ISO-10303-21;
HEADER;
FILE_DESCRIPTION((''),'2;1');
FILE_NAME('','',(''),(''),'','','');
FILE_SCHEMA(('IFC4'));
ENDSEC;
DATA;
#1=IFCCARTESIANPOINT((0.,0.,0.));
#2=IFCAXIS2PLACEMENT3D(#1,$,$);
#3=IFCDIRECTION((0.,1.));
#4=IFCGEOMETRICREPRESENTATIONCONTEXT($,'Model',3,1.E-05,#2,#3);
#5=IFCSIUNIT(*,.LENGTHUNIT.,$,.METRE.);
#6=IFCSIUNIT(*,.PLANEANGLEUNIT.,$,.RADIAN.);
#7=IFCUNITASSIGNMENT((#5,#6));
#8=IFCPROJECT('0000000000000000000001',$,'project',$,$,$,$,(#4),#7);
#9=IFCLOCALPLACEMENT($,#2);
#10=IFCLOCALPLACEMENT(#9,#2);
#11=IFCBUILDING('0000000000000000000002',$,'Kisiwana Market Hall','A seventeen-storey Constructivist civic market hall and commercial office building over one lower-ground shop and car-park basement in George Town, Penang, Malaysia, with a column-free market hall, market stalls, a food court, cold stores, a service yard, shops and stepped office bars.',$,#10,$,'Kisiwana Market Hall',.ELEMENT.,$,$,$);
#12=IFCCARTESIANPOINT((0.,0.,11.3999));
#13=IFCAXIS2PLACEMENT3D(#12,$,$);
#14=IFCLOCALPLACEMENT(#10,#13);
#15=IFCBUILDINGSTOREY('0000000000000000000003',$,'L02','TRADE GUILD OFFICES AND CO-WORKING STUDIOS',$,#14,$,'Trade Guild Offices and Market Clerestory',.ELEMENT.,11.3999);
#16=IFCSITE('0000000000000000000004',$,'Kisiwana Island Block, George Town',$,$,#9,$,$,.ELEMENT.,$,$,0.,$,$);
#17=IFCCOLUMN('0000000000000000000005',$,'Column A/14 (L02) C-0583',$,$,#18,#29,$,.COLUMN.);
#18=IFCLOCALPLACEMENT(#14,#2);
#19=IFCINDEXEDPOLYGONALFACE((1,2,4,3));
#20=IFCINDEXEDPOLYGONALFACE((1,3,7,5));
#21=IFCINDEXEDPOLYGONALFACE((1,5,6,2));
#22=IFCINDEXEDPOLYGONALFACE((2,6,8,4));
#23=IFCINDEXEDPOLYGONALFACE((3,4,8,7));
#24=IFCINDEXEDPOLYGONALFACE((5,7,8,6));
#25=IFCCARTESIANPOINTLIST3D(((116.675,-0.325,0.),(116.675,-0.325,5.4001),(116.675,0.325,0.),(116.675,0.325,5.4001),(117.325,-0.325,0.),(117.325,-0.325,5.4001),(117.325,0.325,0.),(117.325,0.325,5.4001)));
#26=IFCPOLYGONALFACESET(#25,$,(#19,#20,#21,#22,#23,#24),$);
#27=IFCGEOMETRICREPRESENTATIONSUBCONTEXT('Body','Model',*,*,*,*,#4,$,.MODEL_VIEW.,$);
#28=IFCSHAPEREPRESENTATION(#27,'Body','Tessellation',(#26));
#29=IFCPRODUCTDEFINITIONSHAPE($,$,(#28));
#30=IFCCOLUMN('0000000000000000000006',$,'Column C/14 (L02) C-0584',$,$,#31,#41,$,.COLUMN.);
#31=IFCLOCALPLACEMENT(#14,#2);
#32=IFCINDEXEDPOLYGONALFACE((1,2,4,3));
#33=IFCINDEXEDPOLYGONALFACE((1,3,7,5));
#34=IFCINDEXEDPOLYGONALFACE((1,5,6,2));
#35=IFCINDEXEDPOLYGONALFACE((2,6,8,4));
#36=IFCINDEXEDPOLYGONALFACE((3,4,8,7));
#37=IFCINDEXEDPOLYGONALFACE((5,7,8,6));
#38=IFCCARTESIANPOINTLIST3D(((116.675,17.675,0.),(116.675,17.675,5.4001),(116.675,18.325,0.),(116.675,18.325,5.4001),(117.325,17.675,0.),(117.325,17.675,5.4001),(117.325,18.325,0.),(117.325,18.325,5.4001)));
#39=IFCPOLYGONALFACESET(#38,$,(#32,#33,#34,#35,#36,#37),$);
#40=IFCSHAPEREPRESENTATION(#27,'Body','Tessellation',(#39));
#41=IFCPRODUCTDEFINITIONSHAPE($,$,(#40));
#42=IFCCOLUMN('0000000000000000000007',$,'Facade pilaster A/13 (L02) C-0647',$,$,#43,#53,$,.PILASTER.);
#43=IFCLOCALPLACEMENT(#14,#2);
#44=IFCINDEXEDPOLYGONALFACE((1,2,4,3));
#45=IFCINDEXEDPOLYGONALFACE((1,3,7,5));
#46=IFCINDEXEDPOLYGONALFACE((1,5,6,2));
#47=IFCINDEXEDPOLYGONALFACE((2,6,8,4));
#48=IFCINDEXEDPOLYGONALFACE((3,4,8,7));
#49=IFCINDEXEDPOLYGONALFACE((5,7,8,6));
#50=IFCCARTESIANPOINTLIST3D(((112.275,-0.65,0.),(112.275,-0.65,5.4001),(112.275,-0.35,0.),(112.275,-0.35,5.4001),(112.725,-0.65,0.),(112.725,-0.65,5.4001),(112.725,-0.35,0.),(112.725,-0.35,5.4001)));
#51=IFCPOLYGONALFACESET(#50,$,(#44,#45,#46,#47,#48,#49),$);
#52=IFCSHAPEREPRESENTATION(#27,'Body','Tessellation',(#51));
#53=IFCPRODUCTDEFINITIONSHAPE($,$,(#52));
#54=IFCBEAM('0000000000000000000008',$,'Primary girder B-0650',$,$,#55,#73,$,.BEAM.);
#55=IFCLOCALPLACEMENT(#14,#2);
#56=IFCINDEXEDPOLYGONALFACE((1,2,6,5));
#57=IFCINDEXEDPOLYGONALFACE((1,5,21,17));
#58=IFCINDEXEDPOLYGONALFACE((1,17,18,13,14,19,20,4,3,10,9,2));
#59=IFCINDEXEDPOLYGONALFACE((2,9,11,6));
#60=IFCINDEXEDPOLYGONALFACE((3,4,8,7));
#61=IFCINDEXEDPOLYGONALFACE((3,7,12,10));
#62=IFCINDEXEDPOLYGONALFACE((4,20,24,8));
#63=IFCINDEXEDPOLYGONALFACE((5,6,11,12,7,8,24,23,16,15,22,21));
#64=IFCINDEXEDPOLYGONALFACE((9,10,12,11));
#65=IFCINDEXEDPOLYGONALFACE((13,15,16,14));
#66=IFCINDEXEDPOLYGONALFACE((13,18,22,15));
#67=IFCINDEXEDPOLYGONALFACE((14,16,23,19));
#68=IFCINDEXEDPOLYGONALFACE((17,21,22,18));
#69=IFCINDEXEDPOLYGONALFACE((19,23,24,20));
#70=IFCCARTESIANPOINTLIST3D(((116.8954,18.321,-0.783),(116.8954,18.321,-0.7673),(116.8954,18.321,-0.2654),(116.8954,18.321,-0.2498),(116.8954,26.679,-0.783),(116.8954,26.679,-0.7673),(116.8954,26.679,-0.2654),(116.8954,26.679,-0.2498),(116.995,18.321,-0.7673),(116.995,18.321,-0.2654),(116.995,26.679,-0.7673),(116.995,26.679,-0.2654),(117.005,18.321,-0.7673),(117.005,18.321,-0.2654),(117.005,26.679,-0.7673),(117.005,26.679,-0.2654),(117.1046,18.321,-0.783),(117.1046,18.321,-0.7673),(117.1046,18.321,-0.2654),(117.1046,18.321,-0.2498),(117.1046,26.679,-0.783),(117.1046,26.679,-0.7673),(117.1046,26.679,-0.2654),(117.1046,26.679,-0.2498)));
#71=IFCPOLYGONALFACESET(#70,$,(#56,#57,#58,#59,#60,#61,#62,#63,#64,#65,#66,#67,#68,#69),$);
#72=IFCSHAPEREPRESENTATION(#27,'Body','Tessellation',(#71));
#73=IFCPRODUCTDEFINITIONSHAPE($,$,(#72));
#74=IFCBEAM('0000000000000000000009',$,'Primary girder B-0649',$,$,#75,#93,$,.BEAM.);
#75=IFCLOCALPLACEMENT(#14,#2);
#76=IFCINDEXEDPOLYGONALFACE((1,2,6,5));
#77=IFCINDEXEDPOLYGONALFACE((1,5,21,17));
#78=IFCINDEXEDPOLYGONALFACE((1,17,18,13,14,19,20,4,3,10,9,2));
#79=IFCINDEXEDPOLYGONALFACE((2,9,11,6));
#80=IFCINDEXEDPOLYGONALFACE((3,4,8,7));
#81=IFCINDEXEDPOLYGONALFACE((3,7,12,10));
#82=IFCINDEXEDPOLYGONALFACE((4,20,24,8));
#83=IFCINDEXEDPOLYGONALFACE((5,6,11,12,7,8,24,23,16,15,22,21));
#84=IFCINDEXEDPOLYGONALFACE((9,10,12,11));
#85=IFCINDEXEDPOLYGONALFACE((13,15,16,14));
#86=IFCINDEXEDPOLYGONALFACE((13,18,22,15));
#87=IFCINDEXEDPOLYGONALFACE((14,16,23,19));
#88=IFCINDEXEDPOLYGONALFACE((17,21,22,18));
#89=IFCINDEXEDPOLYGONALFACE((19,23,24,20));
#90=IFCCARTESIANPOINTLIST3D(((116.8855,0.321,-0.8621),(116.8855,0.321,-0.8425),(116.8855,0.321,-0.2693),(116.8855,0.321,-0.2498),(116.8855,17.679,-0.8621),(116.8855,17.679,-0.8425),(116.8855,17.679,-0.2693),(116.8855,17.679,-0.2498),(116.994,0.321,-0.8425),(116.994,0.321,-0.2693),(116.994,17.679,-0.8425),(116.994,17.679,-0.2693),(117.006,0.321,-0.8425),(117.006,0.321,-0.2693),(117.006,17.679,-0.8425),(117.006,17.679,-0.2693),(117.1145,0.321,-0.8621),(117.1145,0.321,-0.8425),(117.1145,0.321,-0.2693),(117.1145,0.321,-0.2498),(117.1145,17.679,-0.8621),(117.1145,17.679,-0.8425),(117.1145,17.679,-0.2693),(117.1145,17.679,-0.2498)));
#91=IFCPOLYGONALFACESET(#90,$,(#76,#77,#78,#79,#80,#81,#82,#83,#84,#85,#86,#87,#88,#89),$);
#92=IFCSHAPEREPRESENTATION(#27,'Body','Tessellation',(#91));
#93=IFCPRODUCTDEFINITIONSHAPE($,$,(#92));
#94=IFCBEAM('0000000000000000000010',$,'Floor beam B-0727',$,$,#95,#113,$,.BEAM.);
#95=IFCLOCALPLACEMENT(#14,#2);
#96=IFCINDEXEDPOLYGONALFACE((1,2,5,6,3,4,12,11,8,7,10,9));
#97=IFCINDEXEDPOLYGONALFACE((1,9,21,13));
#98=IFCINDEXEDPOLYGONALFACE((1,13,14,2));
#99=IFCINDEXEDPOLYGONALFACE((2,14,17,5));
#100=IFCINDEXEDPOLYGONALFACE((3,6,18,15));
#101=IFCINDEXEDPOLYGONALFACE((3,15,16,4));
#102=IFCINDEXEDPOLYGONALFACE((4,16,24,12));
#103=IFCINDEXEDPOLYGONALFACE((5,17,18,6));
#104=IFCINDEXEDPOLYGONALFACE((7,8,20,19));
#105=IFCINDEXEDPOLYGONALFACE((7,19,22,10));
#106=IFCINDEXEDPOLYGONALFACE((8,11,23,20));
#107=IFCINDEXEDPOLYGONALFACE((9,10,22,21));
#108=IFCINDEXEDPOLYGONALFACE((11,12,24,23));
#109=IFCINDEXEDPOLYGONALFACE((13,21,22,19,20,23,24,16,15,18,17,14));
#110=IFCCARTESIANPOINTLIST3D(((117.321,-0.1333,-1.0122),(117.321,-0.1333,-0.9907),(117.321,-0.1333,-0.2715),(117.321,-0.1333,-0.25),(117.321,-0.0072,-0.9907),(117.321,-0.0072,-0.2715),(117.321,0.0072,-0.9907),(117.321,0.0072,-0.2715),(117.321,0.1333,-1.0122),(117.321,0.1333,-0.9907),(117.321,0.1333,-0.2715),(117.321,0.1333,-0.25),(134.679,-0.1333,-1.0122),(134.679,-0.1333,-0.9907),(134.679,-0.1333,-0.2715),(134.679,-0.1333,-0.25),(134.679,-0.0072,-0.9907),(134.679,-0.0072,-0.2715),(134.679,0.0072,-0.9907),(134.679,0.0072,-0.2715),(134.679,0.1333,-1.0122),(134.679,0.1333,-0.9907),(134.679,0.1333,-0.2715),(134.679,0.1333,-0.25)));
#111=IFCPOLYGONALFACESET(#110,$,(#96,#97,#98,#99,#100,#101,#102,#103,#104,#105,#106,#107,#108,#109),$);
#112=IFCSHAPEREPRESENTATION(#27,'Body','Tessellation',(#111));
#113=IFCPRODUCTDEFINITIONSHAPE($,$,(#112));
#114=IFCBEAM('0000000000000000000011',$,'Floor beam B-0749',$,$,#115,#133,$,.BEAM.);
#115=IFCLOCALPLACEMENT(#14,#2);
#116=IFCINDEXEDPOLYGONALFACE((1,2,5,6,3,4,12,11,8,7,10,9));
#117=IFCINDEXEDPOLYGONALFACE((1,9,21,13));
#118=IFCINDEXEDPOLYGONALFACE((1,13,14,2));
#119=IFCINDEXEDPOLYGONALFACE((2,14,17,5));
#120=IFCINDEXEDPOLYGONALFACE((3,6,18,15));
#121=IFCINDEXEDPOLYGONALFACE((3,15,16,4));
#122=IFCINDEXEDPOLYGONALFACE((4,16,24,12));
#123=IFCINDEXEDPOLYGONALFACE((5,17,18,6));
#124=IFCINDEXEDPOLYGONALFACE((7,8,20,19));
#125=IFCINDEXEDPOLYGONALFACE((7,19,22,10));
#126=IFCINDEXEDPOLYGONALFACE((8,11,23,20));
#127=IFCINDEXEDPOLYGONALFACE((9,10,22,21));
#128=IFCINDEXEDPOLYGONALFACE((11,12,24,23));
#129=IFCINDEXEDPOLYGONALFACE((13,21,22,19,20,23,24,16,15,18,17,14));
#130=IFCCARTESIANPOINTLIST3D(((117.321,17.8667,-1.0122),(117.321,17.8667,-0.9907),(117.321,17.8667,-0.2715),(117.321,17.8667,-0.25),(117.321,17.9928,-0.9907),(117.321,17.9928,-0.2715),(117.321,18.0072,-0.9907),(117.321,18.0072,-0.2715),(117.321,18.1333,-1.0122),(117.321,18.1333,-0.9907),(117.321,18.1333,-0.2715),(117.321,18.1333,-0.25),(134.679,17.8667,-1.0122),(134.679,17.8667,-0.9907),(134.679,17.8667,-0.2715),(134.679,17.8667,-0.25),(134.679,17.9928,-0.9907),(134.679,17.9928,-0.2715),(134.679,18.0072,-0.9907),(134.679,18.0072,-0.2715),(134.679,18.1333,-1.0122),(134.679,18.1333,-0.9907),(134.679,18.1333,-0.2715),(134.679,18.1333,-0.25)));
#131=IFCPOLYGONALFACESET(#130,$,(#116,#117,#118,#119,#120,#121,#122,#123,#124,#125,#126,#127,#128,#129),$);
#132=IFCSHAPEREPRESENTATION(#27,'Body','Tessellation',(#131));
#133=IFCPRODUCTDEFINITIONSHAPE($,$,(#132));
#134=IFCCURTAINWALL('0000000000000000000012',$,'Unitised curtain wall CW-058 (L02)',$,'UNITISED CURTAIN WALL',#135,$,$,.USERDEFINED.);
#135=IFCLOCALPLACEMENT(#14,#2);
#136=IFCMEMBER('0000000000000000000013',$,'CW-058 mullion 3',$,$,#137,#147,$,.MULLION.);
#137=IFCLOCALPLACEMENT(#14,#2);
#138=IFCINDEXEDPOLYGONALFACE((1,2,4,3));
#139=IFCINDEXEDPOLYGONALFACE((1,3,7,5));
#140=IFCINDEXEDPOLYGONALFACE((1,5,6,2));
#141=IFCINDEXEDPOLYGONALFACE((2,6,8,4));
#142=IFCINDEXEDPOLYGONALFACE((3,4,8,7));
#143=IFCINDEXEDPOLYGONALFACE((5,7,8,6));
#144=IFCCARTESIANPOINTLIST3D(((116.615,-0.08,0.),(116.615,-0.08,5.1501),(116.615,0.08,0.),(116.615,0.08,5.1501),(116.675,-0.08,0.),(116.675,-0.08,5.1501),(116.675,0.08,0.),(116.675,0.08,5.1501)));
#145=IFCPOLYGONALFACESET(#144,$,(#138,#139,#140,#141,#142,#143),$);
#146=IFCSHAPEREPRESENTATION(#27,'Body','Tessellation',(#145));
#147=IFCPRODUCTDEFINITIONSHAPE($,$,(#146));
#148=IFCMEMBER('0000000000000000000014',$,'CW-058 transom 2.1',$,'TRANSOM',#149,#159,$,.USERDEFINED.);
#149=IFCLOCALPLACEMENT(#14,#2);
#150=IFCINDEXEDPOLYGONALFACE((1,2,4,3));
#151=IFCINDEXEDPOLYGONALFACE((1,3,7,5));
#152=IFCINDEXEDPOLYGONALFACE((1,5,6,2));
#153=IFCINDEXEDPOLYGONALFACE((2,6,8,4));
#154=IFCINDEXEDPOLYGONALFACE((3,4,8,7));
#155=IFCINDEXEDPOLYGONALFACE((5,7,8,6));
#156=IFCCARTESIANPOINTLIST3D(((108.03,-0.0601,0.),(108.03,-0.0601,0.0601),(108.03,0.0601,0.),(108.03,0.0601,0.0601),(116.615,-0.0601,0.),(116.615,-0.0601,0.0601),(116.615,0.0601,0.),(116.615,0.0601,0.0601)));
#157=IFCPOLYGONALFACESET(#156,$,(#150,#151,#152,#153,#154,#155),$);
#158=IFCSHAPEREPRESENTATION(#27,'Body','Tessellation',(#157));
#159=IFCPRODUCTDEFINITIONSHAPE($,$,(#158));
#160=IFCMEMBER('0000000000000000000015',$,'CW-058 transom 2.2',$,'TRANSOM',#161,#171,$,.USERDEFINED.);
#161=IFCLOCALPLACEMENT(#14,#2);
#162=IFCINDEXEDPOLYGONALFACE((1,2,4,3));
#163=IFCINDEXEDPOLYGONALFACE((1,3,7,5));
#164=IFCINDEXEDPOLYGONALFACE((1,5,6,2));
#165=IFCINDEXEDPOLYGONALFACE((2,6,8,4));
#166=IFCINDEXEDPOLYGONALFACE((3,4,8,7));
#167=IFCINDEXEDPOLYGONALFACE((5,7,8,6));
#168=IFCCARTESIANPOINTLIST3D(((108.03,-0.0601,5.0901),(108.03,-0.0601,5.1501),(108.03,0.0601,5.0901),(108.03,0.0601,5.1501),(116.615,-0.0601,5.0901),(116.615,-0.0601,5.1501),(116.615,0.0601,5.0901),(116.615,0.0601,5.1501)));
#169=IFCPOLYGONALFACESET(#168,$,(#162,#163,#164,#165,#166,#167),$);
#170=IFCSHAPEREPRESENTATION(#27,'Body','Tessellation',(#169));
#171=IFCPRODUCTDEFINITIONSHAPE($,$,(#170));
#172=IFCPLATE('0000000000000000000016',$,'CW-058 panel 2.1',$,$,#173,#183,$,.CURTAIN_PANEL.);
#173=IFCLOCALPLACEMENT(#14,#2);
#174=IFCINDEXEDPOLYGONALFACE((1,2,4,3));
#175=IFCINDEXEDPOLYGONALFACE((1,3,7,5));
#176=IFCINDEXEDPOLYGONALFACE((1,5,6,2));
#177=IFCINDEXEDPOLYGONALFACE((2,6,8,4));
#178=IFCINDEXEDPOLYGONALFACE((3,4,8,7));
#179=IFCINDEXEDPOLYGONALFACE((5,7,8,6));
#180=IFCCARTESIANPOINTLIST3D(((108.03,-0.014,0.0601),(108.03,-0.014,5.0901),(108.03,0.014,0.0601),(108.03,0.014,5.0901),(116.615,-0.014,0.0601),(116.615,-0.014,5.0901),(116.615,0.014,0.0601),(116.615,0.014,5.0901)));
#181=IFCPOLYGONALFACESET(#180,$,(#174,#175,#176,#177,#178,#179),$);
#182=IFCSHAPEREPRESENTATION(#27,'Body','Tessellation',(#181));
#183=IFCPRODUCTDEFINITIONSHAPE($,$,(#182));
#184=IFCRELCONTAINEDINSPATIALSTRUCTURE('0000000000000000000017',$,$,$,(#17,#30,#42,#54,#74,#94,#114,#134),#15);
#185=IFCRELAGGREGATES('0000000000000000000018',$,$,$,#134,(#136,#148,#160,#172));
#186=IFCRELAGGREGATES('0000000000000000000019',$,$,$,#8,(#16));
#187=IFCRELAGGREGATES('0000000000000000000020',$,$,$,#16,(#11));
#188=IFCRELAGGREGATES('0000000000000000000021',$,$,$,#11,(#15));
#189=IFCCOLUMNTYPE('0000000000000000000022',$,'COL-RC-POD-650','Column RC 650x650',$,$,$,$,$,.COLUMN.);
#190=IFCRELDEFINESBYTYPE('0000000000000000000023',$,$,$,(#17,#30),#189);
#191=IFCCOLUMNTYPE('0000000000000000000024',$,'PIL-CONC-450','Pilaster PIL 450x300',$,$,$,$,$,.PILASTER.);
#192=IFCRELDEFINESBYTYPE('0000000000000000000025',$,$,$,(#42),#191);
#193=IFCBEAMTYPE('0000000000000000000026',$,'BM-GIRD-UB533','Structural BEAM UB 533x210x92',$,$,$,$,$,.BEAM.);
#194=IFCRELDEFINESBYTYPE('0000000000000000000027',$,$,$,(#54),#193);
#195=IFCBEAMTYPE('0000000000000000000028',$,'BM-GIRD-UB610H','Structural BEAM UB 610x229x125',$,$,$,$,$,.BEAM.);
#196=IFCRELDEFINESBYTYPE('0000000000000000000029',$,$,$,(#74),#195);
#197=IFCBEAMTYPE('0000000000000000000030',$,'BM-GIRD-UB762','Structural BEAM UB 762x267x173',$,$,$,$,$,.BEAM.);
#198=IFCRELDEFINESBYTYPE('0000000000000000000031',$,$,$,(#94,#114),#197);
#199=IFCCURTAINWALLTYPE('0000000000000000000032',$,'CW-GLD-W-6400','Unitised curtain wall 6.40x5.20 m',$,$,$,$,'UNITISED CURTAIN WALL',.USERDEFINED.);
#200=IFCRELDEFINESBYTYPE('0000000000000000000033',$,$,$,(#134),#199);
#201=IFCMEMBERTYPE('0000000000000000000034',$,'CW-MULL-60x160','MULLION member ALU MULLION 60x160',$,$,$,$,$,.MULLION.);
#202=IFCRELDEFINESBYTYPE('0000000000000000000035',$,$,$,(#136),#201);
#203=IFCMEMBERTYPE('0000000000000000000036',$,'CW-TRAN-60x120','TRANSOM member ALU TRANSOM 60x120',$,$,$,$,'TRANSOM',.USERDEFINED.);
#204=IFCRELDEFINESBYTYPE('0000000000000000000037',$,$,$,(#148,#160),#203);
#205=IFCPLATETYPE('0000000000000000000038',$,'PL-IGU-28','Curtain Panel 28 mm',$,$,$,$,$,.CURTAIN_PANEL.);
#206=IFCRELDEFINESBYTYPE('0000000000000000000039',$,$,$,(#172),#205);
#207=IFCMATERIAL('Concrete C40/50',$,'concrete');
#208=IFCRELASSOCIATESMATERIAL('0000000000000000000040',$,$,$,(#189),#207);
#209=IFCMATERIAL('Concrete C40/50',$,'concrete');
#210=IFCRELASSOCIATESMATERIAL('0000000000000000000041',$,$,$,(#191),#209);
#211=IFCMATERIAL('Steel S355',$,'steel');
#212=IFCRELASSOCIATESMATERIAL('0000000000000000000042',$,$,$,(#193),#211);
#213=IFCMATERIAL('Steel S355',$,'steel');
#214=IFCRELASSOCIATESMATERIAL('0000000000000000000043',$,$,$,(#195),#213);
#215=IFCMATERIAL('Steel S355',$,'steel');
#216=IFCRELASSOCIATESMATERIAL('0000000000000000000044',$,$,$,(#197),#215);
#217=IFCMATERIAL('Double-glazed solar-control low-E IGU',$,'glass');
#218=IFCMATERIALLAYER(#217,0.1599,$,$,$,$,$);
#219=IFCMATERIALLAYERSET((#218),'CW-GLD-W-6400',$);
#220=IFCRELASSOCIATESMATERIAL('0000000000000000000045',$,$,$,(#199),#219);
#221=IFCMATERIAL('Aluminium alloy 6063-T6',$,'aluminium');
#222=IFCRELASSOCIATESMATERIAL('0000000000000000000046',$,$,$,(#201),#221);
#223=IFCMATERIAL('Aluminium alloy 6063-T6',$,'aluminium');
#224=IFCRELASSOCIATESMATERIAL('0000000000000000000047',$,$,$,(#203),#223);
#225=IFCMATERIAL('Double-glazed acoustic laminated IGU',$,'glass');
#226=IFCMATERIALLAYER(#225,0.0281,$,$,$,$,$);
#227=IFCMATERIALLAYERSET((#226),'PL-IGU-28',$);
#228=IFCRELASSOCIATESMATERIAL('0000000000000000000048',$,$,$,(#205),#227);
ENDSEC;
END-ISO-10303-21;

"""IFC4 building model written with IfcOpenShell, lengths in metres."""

from ifc_helpers import new_model, si_unit, direction, frame, origin, origin_2d, place, context, subcontext, project, spatial, rectangle, i_section, extrude, material, layer, layer_set, material_profile, profile_set, type_object, element, aggregate, save


model = new_model("IFC4")

# Units and contexts
model_context = context("Model", 3, precision=1e-05, world=origin(), true_north=direction((0.0, 1.0)))
body_context = subcontext(model_context, "Body", "Model", "MODEL_VIEW")
ifc_project = project(units=[si_unit("LENGTHUNIT", "METRE"), si_unit("PLANEANGLEUNIT", "RADIAN")], contexts=[model_context])

# Site, building, storey
site_placement = place(None, origin())
site = spatial("IfcSite", under=ifc_project, at=site_placement, Name="Kisiwana Island Block, George Town", CompositionType="ELEMENT", RefElevation=0.0)
building_placement = place(site_placement, origin())
building = spatial("IfcBuilding", under=site, at=building_placement, Name="Kisiwana Market Hall", Description="A seventeen-storey Constructivist civic market hall and commercial office building over one lower-ground shop and car-park basement in George Town, Penang, Malaysia, with a column-free market hall, market stalls, a food court, cold stores, a service yard, shops and stepped office bars.", LongName="Kisiwana Market Hall", CompositionType="ELEMENT")
storey_placement = place(building_placement, frame((0.0, 0.0, 11.3999)))
storey = spatial("IfcBuildingStorey", under=building, at=storey_placement, Name="L02", Description="TRADE GUILD OFFICES AND CO-WORKING STUDIOS", LongName="Trade Guild Offices and Market Clerestory", CompositionType="ELEMENT", Elevation=11.3999)

# Columns
ifc_material_1 = material(Name="Concrete C40/50", Category="concrete")
ifc_material_profile_1 = material_profile(ifc_material_1, rectangle(XDim=0.6499, YDim=0.6499, at=origin_2d()), Name="RC 650x650")
ifc_profile_set_1 = profile_set([ifc_material_profile_1], Name="Concrete C40/50")
column_type_1 = type_object("IfcColumnType", Name="COL-RC-POD-650", Description="Column RC 650x650", PredefinedType="COLUMN", material=ifc_profile_set_1)
for number, where, z_axis, x_axis, name in (
    (1, (117.0, 0.0, 0.0), (0.0, 0.0, 1.0), (1.0, 0.0, 0.0), "Column A/14 (L02) C-0583"),
    (2, (117.0, 18.0, 0.0), (0.0, 0.0, 1.0), (1.0, 0.0, 0.0), "Column C/14 (L02) C-0584"),
):
    element("IfcColumn", number, at=place(storey_placement, frame(where, z_axis=z_axis, x_axis=x_axis)), inside=storey, type_object=column_type_1, Name=name, PredefinedType="COLUMN", context=body_context, shape_type="SweptSolid", body=[
        extrude(rectangle(XDim=0.6499, YDim=0.6499, at=origin_2d()), origin(), (0.0, 0.0, 1.0), 5.4001),
    ])
ifc_material_2 = material(Name="Concrete C40/50", Category="concrete")
ifc_material_profile_2 = material_profile(ifc_material_2, rectangle(XDim=0.45, YDim=0.3, at=origin_2d()), Name="PIL 450x300")
ifc_profile_set_2 = profile_set([ifc_material_profile_2], Name="Concrete C40/50")
column_type_2 = type_object("IfcColumnType", Name="PIL-CONC-450", Description="Pilaster PIL 450x300", PredefinedType="PILASTER", material=ifc_profile_set_2)
column_placement = place(storey_placement, frame((112.5, -0.5, 0.0), z_axis=(0.0, 0.0, 1.0), x_axis=(1.0, 0.0, 0.0)))
element("IfcColumn", 3, at=column_placement, inside=storey, type_object=column_type_2, Name="Facade pilaster A/13 (L02) C-0647", PredefinedType="PILASTER", context=body_context, shape_type="SweptSolid", body=[
    extrude(rectangle(XDim=0.45, YDim=0.3, at=origin_2d()), origin(), (0.0, 0.0, 1.0), 5.4001),
])

# Beams
ifc_material_3 = material(Name="Steel S355", Category="steel")
ifc_material_profile_3 = material_profile(ifc_material_3, i_section(OverallWidth=0.2092, OverallDepth=0.5332, WebThickness=0.01, FlangeThickness=0.0156, at=origin_2d()), Name="UB 533x210x92")
ifc_profile_set_3 = profile_set([ifc_material_profile_3], Name="Steel S355")
beam_type_1 = type_object("IfcBeamType", Name="BM-GIRD-UB533", Description="Structural BEAM UB 533x210x92", PredefinedType="BEAM", material=ifc_profile_set_3)
beam_1_placement = place(storey_placement, frame((117.0, 18.321, -0.5164), z_axis=(0.0, 1.0, 0.0), x_axis=(-1.0, 0.0, 0.0)))
element("IfcBeam", 4, at=beam_1_placement, inside=storey, type_object=beam_type_1, Name="Primary girder B-0650", PredefinedType="BEAM", context=body_context, shape_type="SweptSolid", body=[
    extrude(i_section(OverallWidth=0.2092, OverallDepth=0.5332, WebThickness=0.01, FlangeThickness=0.0156, at=origin_2d()), origin(), (0.0, 0.0, 1.0), 8.3579),
])
ifc_material_4 = material(Name="Steel S355", Category="steel")
ifc_material_profile_4 = material_profile(ifc_material_4, i_section(OverallWidth=0.229, OverallDepth=0.6123, WebThickness=0.012, FlangeThickness=0.0195, at=origin_2d()), Name="UB 610x229x125")
ifc_profile_set_4 = profile_set([ifc_material_profile_4], Name="Steel S355")
beam_type_2 = type_object("IfcBeamType", Name="BM-GIRD-UB610H", Description="Structural BEAM UB 610x229x125", PredefinedType="BEAM", material=ifc_profile_set_4)
beam_2_placement = place(storey_placement, frame((117.0, 0.321, -0.5559), z_axis=(0.0, 1.0, 0.0), x_axis=(-1.0, 0.0, 0.0)))
element("IfcBeam", 5, at=beam_2_placement, inside=storey, type_object=beam_type_2, Name="Primary girder B-0649", PredefinedType="BEAM", context=body_context, shape_type="SweptSolid", body=[
    extrude(i_section(OverallWidth=0.229, OverallDepth=0.6123, WebThickness=0.012, FlangeThickness=0.0195, at=origin_2d()), origin(), (0.0, 0.0, 1.0), 17.3579),
])
ifc_material_5 = material(Name="Steel S355", Category="steel")
ifc_material_profile_5 = material_profile(ifc_material_5, i_section(OverallWidth=0.2666, OverallDepth=0.7622, WebThickness=0.0144, FlangeThickness=0.0215, at=origin_2d()), Name="UB 762x267x173")
ifc_profile_set_5 = profile_set([ifc_material_profile_5], Name="Steel S355")
beam_type_3 = type_object("IfcBeamType", Name="BM-GIRD-UB762", Description="Structural BEAM UB 762x267x173", PredefinedType="BEAM", material=ifc_profile_set_5)
for number, where, z_axis, x_axis, name in (
    (6, (117.321, 0.0, -0.6311), (1.0, 0.0, 0.0), (0.0, 1.0, 0.0), "Floor beam B-0727"),
    (7, (117.321, 18.0, -0.6311), (1.0, 0.0, 0.0), (0.0, 1.0, 0.0), "Floor beam B-0749"),
):
    element("IfcBeam", number, at=place(storey_placement, frame(where, z_axis=z_axis, x_axis=x_axis)), inside=storey, type_object=beam_type_3, Name=name, PredefinedType="BEAM", context=body_context, shape_type="SweptSolid", body=[
        extrude(i_section(OverallWidth=0.2666, OverallDepth=0.7622, WebThickness=0.0144, FlangeThickness=0.0215, at=origin_2d()), origin(), (0.0, 0.0, 1.0), 17.3579),
    ])

# Curtain wall, members, plate
ifc_material_6 = material(Name="Double-glazed solar-control low-E IGU", Category="glass")
ifc_layer_1 = layer(ifc_material_6, 0.1599)
ifc_layer_set_1 = layer_set([ifc_layer_1], Name="CW-GLD-W-6400")
curtain_wall_type = type_object("IfcCurtainWallType", Name="CW-GLD-W-6400", Description="Unitised curtain wall 6.40x5.20 m", ElementType="UNITISED CURTAIN WALL", PredefinedType="USERDEFINED", material=ifc_layer_set_1)
curtain_wall_placement = place(storey_placement, origin())
curtain_wall = element("IfcCurtainWall", 8, at=curtain_wall_placement, inside=storey, type_object=curtain_wall_type, Name="Unitised curtain wall CW-058 (L02)", ObjectType="UNITISED CURTAIN WALL", PredefinedType="USERDEFINED")
ifc_material_7 = material(Name="Aluminium alloy 6063-T6", Category="aluminium")
ifc_material_profile_6 = material_profile(ifc_material_7, rectangle(XDim=0.0601, YDim=0.1599, at=origin_2d()), Name="ALU MULLION 60x160")
ifc_profile_set_6 = profile_set([ifc_material_profile_6], Name="Aluminium alloy 6063-T6")
member_type_1 = type_object("IfcMemberType", Name="CW-MULL-60x160", Description="MULLION member ALU MULLION 60x160", PredefinedType="MULLION", material=ifc_profile_set_6)
member_1_placement = place(storey_placement, frame((116.645, 0.0, 0.0), z_axis=(0.0, 0.0, 1.0), x_axis=(1.0, 0.0, 0.0)))
member_1 = element("IfcMember", 9, at=member_1_placement, type_object=member_type_1, Name="CW-058 mullion 3", PredefinedType="MULLION", context=body_context, shape_type="SweptSolid", body=[
    extrude(rectangle(XDim=0.0601, YDim=0.1599, at=origin_2d()), origin(), (0.0, 0.0, 1.0), 5.1501),
])
ifc_material_8 = material(Name="Aluminium alloy 6063-T6", Category="aluminium")
ifc_material_profile_7 = material_profile(ifc_material_8, rectangle(XDim=0.1201, YDim=0.0601, at=origin_2d()), Name="ALU TRANSOM 60x120")
ifc_profile_set_7 = profile_set([ifc_material_profile_7], Name="Aluminium alloy 6063-T6")
member_type_2 = type_object("IfcMemberType", Name="CW-TRAN-60x120", Description="TRANSOM member ALU TRANSOM 60x120", ElementType="TRANSOM", PredefinedType="USERDEFINED", material=ifc_profile_set_7)
member_2_placement = place(storey_placement, frame((108.03, 0.0, 0.03), z_axis=(1.0, 0.0, 0.0), x_axis=(0.0, 1.0, 0.0)))
member_2 = element("IfcMember", 10, at=member_2_placement, type_object=member_type_2, Name="CW-058 transom 2.1", ObjectType="TRANSOM", PredefinedType="USERDEFINED", context=body_context, shape_type="SweptSolid", body=[
    extrude(rectangle(XDim=0.1201, YDim=0.0601, at=origin_2d()), origin(), (0.0, 0.0, 1.0), 8.585),
])
member_3_placement = place(storey_placement, frame((108.03, 0.0, 5.1201), z_axis=(1.0, 0.0, 0.0), x_axis=(0.0, 1.0, 0.0)))
member_3 = element("IfcMember", 11, at=member_3_placement, type_object=member_type_2, Name="CW-058 transom 2.2", ObjectType="TRANSOM", PredefinedType="USERDEFINED", context=body_context, shape_type="SweptSolid", body=[
    extrude(rectangle(XDim=0.1201, YDim=0.0601, at=origin_2d()), origin(), (0.0, 0.0, 1.0), 8.585),
])
ifc_material_9 = material(Name="Double-glazed acoustic laminated IGU", Category="glass")
ifc_layer_2 = layer(ifc_material_9, 0.0281)
ifc_layer_set_2 = layer_set([ifc_layer_2], Name="PL-IGU-28")
plate_type = type_object("IfcPlateType", Name="PL-IGU-28", Description="Curtain Panel 28 mm", PredefinedType="CURTAIN_PANEL", material=ifc_layer_set_2)
plate_placement = place(storey_placement, frame((112.3225, 0.0, 0.0601), z_axis=(0.0, 0.0, 1.0), x_axis=(1.0, 0.0, 0.0)))
plate = element("IfcPlate", 12, at=plate_placement, type_object=plate_type, Name="CW-058 panel 2.1", PredefinedType="CURTAIN_PANEL", context=body_context, shape_type="SweptSolid", body=[
    extrude(rectangle(XDim=8.585, YDim=0.0281, at=origin_2d()), origin(), (0.0, 0.0, 1.0), 5.03),
])
aggregate(curtain_wall, [member_1, member_2, member_3, plate])

save(model, "model.ifc")
